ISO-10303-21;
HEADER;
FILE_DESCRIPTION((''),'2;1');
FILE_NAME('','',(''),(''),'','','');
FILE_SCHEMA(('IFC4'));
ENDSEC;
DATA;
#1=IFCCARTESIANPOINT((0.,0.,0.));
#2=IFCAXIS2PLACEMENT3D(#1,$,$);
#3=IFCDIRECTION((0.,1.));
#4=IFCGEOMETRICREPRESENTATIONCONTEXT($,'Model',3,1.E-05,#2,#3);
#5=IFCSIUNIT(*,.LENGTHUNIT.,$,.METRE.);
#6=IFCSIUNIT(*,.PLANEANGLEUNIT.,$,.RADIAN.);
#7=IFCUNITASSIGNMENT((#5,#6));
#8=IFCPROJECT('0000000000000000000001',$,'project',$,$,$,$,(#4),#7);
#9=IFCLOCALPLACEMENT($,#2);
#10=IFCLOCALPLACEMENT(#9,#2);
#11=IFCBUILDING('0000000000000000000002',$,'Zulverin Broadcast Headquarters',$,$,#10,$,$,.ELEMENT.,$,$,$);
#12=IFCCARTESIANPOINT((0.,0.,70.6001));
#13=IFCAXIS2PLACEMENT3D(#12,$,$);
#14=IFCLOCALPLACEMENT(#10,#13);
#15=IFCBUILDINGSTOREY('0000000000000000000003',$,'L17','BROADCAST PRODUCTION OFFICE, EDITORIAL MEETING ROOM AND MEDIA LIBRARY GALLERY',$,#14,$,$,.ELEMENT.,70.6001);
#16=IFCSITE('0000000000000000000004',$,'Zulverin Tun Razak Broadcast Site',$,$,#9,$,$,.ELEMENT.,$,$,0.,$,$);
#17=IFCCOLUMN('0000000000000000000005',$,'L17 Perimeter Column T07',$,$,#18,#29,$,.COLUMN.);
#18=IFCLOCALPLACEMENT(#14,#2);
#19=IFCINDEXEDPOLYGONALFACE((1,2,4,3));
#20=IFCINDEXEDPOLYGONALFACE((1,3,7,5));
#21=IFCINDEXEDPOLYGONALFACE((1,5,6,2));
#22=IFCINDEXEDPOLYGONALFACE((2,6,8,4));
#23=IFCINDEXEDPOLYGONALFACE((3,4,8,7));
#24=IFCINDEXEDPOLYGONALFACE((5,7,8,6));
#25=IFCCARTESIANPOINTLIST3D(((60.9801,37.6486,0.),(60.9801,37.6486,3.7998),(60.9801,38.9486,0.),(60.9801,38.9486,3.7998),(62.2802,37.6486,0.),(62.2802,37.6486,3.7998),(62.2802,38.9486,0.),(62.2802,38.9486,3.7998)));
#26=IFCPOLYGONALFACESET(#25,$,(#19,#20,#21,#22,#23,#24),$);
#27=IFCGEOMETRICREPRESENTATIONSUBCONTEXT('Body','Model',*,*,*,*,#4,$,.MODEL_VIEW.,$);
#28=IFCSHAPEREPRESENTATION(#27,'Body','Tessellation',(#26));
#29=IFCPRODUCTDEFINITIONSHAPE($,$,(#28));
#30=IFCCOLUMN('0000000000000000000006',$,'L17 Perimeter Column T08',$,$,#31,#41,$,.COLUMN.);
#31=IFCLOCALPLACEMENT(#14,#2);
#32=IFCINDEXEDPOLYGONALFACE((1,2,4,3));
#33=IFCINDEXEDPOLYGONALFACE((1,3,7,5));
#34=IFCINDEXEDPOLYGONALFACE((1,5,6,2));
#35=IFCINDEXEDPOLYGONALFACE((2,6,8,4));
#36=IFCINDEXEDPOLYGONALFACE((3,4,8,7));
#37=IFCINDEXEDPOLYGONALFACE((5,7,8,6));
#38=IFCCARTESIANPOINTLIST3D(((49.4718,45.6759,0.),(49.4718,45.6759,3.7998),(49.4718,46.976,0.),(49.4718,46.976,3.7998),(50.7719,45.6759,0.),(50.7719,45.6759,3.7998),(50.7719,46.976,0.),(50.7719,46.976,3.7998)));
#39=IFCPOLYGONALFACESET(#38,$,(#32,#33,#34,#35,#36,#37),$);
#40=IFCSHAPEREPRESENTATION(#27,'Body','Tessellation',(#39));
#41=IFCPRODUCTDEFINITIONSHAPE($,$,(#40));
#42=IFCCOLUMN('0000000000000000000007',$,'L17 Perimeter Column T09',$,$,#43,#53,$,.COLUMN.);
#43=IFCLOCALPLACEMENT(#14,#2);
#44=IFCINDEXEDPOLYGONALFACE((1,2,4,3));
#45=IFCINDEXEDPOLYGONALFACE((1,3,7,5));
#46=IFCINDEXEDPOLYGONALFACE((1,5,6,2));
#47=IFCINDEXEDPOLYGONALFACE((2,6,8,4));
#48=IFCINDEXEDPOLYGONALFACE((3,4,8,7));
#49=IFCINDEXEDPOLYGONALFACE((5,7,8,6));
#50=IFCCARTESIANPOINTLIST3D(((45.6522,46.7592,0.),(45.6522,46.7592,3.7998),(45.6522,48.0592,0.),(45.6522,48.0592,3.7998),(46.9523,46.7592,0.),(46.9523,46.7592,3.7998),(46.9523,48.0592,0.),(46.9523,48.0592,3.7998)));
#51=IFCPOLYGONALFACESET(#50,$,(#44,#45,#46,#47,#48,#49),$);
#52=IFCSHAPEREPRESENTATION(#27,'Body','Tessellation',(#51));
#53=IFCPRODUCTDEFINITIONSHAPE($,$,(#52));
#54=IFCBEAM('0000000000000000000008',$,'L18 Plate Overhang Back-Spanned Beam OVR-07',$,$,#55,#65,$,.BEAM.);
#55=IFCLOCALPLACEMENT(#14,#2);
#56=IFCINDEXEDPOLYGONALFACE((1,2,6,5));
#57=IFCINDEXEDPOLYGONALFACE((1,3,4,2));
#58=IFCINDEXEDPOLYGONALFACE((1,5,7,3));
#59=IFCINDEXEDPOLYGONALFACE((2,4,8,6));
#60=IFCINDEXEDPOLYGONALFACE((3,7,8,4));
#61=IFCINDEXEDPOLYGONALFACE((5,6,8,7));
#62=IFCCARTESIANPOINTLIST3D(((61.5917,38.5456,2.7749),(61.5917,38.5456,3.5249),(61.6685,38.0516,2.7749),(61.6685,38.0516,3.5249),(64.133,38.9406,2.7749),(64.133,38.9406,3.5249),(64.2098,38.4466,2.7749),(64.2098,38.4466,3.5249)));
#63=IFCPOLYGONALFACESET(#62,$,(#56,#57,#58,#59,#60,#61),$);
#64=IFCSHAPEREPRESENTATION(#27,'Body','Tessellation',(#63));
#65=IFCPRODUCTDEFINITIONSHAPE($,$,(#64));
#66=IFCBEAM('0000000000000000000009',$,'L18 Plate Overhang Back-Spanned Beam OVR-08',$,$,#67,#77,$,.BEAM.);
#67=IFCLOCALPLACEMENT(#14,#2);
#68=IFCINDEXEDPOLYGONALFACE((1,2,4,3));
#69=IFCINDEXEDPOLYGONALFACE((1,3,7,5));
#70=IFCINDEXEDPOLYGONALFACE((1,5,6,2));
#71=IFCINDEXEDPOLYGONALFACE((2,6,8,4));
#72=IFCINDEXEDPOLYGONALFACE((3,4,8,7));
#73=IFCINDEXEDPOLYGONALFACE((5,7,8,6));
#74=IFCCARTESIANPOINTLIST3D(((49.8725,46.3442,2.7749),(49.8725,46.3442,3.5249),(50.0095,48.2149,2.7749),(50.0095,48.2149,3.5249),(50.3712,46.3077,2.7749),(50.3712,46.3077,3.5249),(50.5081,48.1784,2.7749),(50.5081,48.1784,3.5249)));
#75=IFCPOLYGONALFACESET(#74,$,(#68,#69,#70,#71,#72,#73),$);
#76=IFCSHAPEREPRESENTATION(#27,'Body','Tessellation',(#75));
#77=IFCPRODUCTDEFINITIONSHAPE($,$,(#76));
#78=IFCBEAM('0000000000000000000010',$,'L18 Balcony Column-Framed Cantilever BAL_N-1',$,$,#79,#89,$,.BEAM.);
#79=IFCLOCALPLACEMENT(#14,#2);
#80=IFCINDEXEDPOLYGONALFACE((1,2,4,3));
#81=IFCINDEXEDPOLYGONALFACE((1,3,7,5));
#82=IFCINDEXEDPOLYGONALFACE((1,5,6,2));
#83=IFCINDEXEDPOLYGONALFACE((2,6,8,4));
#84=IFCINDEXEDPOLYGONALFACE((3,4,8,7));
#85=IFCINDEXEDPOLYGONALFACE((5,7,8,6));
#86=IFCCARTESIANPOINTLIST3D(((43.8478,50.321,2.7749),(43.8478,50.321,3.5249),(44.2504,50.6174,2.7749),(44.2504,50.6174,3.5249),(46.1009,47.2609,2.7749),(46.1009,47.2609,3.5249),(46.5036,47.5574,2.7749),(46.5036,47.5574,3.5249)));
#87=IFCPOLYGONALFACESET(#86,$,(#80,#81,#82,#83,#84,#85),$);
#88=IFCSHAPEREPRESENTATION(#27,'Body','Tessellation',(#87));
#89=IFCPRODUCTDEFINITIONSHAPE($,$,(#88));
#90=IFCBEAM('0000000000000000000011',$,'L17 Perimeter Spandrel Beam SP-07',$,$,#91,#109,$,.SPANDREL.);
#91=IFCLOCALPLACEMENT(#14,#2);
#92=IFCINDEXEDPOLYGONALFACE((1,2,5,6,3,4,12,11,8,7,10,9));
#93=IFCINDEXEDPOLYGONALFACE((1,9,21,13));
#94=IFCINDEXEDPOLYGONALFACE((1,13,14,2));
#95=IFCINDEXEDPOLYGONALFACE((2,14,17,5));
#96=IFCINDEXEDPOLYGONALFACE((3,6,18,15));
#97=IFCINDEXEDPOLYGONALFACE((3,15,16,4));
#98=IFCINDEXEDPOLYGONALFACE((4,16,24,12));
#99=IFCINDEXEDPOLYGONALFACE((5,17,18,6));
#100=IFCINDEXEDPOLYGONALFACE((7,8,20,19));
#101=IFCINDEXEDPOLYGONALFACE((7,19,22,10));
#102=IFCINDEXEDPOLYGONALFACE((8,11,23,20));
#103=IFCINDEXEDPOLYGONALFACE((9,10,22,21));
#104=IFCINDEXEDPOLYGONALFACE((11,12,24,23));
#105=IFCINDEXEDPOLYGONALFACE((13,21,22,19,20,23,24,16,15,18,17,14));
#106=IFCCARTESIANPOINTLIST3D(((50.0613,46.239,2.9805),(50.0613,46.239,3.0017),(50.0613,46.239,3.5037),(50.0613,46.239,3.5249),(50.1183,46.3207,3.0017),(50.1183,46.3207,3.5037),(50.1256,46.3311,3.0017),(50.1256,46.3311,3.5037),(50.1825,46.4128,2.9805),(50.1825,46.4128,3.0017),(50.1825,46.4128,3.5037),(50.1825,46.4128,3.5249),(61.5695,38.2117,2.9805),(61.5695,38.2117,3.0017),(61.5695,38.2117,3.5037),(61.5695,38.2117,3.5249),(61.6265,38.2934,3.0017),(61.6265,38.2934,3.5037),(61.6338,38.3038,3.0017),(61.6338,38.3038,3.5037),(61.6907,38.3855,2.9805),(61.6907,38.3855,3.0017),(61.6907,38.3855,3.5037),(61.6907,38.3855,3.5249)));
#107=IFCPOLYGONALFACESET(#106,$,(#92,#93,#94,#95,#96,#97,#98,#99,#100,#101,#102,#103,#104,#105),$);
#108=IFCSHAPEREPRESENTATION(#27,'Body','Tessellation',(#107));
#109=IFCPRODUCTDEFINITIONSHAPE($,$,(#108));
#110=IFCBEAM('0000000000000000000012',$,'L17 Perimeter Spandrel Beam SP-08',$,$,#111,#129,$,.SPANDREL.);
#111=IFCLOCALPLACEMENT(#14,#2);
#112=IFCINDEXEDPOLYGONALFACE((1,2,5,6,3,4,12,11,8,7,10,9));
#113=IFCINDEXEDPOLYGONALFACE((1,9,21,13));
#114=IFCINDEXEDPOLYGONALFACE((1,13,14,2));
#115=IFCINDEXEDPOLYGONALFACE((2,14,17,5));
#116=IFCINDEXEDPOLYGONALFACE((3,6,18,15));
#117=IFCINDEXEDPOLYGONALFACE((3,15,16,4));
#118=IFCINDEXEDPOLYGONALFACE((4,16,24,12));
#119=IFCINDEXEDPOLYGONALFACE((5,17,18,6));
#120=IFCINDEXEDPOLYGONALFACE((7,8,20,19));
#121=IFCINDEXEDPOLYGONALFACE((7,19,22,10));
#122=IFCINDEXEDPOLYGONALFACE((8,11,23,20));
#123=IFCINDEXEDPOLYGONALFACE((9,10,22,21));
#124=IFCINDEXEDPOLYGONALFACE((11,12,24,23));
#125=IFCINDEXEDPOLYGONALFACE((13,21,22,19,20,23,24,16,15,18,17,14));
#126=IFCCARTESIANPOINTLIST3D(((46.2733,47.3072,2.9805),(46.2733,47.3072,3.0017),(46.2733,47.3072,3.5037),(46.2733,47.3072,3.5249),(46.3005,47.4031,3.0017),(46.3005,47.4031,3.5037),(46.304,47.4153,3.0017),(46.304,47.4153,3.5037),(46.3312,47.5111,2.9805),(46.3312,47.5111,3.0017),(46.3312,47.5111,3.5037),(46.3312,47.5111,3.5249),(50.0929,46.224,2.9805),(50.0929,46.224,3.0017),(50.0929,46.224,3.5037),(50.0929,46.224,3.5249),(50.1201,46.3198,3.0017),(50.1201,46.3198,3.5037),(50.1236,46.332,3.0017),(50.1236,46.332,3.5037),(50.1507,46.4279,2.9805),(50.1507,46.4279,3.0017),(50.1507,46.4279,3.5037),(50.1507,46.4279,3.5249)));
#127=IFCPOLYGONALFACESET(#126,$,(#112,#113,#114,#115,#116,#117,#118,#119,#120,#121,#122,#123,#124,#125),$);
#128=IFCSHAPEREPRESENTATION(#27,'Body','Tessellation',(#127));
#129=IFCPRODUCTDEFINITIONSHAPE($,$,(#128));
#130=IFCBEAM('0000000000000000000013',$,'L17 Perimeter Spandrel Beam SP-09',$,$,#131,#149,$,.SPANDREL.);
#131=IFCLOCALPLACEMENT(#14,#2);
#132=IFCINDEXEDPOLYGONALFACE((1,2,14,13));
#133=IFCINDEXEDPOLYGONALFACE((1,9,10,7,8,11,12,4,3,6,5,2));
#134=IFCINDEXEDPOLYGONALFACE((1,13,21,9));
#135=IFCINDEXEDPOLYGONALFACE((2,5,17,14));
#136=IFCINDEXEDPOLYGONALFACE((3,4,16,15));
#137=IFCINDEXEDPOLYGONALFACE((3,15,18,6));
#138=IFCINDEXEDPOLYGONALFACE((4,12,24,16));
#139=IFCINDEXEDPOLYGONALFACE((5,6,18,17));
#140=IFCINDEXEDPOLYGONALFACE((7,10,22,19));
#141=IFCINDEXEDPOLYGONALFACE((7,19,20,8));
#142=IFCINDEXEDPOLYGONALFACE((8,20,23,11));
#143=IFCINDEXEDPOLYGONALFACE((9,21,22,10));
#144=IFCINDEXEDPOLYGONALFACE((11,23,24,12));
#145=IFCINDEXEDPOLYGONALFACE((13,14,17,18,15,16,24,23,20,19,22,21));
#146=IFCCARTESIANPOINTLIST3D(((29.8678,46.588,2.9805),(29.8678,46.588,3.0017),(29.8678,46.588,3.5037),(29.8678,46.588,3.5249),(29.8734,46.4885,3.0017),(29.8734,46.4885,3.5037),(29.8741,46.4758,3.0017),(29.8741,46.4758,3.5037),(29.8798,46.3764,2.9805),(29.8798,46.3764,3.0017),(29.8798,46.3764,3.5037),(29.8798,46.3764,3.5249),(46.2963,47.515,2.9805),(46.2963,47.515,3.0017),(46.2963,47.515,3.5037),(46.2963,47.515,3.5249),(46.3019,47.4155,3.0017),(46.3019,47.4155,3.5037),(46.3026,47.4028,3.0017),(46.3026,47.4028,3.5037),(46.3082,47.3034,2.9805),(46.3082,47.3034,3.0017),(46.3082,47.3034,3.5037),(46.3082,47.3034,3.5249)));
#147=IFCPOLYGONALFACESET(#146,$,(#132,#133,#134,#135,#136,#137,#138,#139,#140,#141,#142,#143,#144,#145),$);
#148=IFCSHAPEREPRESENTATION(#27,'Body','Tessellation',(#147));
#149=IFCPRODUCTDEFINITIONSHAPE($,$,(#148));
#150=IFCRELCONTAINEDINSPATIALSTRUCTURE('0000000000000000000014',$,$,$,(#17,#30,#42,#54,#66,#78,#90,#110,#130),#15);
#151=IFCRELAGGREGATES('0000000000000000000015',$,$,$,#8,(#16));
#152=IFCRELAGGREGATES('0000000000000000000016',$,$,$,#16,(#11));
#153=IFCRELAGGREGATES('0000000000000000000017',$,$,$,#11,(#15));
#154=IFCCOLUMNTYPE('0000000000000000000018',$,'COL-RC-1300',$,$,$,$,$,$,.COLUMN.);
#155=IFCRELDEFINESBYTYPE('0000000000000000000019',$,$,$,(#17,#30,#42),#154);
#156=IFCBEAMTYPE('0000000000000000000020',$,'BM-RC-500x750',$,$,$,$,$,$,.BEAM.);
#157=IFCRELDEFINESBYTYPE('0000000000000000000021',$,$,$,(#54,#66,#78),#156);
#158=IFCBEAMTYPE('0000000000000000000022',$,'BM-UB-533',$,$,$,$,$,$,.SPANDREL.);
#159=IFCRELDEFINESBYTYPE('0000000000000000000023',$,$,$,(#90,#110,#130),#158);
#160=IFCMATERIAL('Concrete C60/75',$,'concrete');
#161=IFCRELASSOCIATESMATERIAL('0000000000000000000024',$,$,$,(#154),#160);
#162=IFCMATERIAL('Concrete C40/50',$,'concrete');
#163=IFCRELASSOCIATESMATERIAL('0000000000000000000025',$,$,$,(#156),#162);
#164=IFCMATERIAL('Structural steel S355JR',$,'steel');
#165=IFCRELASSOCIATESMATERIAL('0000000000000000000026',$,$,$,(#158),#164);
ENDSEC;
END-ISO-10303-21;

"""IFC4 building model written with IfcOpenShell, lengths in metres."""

from ifc_helpers import new_model, si_unit, direction, frame, origin, origin_2d, place, context, subcontext, project, spatial, rectangle, i_section, extrude, material, material_profile, profile_set, type_object, element, save


model = new_model("IFC4")

# Units and contexts
model_context = context("Model", 3, precision=1e-05, world=origin(), true_north=direction((0.0, 1.0)))
body_context = subcontext(model_context, "Body", "Model", "MODEL_VIEW")
ifc_project = project(units=[si_unit("LENGTHUNIT", "METRE"), si_unit("PLANEANGLEUNIT", "RADIAN")], contexts=[model_context])

# Site, building, storey
site_placement = place(None, origin())
site = spatial("IfcSite", under=ifc_project, at=site_placement, Name="Zulverin Tun Razak Broadcast Site", CompositionType="ELEMENT", RefElevation=0.0)
building_placement = place(site_placement, origin())
building = spatial("IfcBuilding", under=site, at=building_placement, Name="Zulverin Broadcast Headquarters", CompositionType="ELEMENT")
storey_placement = place(building_placement, frame((0.0, 0.0, 70.6001)))
storey = spatial("IfcBuildingStorey", under=building, at=storey_placement, Name="L17", Description="BROADCAST PRODUCTION OFFICE, EDITORIAL MEETING ROOM AND MEDIA LIBRARY GALLERY", CompositionType="ELEMENT", Elevation=70.6001)

# Columns
ifc_material_1 = material(Name="Concrete C60/75", Category="concrete")
ifc_material_profile_1 = material_profile(ifc_material_1, rectangle(XDim=1.3, YDim=1.3, at=origin_2d()), Name="Concrete C60/75", Category="concrete")
ifc_profile_set_1 = profile_set([ifc_material_profile_1], Name="Concrete C60/75")
column_type = type_object("IfcColumnType", Name="COL-RC-1300", PredefinedType="COLUMN", material=ifc_profile_set_1)
for number, where, z_axis, x_axis, name in (
    (1, (61.6301, 38.2986, 0.0), (0.0, 0.0, 1.0), (1.0, 0.0, 0.0), "L17 Perimeter Column T07"),
    (2, (50.1218, 46.3259, 0.0), (0.0, 0.0, 1.0), (1.0, 0.0, 0.0), "L17 Perimeter Column T08"),
    (3, (46.3022, 47.4092, 0.0), (0.0, 0.0, 1.0), (1.0, 0.0, 0.0), "L17 Perimeter Column T09"),
):
    element("IfcColumn", number, at=place(storey_placement, frame(where, z_axis=z_axis, x_axis=x_axis)), inside=storey, type_object=column_type, Name=name, PredefinedType="COLUMN", context=body_context, shape_type="SweptSolid", body=[
        extrude(rectangle(XDim=1.3, YDim=1.3, at=origin_2d()), origin(), (0.0, 0.0, 1.0), 3.7998),
    ])

# Beams
ifc_material_2 = material(Name="Concrete C40/50", Category="concrete")
ifc_material_profile_2 = material_profile(ifc_material_2, rectangle(XDim=0.5, YDim=0.75, at=origin_2d()), Name="Concrete C40/50", Category="concrete")
ifc_profile_set_2 = profile_set([ifc_material_profile_2], Name="Concrete C40/50")
beam_type_1 = type_object("IfcBeamType", Name="BM-RC-500x750", PredefinedType="BEAM", material=ifc_profile_set_2)
beam_1_placement = place(storey_placement, frame((61.6301, 38.2986, 3.1499), z_axis=(0.988133, 0.153598, 0.0), x_axis=(-0.153598, 0.988133, 0.0)))
element("IfcBeam", 4, at=beam_1_placement, inside=storey, type_object=beam_type_1, Name="L18 Plate Overhang Back-Spanned Beam OVR-07", PredefinedType="BEAM", context=body_context, shape_type="SweptSolid", body=[
    extrude(rectangle(XDim=0.5, YDim=0.75, at=origin_2d()), origin(), (0.0, 0.0, 1.0), 2.5718),
])
beam_2_placement = place(storey_placement, frame((50.1218, 46.3259, 3.1499), z_axis=(0.073023, 0.99733, 0.0), x_axis=(-0.99733, 0.073023, 0.0)))
element("IfcBeam", 5, at=beam_2_placement, inside=storey, type_object=beam_type_1, Name="L18 Plate Overhang Back-Spanned Beam OVR-08", PredefinedType="BEAM", context=body_context, shape_type="SweptSolid", body=[
    extrude(rectangle(XDim=0.5, YDim=0.75, at=origin_2d()), origin(), (0.0, 0.0, 1.0), 1.8757),
])
beam_3_placement = place(storey_placement, frame((46.3022, 47.4092, 3.1499), z_axis=(-0.592925, 0.805258, 0.0), x_axis=(-0.805258, -0.592925, 0.0)))
element("IfcBeam", 6, at=beam_3_placement, inside=storey, type_object=beam_type_1, Name="L18 Balcony Column-Framed Cantilever BAL_N-1", PredefinedType="BEAM", context=body_context, shape_type="SweptSolid", body=[
    extrude(rectangle(XDim=0.5, YDim=0.75, at=origin_2d()), origin(), (0.0, 0.0, 1.0), 3.8),
])
ifc_material_3 = material(Name="Structural steel S355JR", Category="steel")
ifc_material_profile_3 = material_profile(ifc_material_3, i_section(OverallWidth=0.2119, OverallDepth=0.5444, WebThickness=0.0127, FlangeThickness=0.0212, at=origin_2d()), Name="Structural steel S355JR", Category="steel")
ifc_profile_set_3 = profile_set([ifc_material_profile_3], Name="Structural steel S355JR")
beam_type_2 = type_object("IfcBeamType", Name="BM-UB-533", PredefinedType="SPANDREL", material=ifc_profile_set_3)
beam_4_placement = place(storey_placement, frame((61.6301, 38.2986, 3.2527), z_axis=(-0.820184, 0.5721, 0.0), x_axis=(-0.5721, -0.820184, 0.0)))
element("IfcBeam", 7, at=beam_4_placement, inside=storey, type_object=beam_type_2, Name="L17 Perimeter Spandrel Beam SP-07", PredefinedType="SPANDREL", context=body_context, shape_type="SweptSolid", body=[
    extrude(i_section(OverallWidth=0.2119, OverallDepth=0.5444, WebThickness=0.0127, FlangeThickness=0.0212, at=origin_2d()), origin(), (0.0, 0.0, 1.0), 14.0312),
])
beam_5_placement = place(storey_placement, frame((50.1218, 46.3259, 3.2527), z_axis=(-0.962058, 0.272844, 0.0), x_axis=(-0.272844, -0.962058, 0.0)))
element("IfcBeam", 8, at=beam_5_placement, inside=storey, type_object=beam_type_2, Name="L17 Perimeter Spandrel Beam SP-08", PredefinedType="SPANDREL", context=body_context, shape_type="SweptSolid", body=[
    extrude(i_section(OverallWidth=0.2119, OverallDepth=0.5444, WebThickness=0.0127, FlangeThickness=0.0212, at=origin_2d()), origin(), (0.0, 0.0, 1.0), 3.9702),
])
beam_6_placement = place(storey_placement, frame((46.3022, 47.4092, 3.2527), z_axis=(-0.998412, -0.056337, 0.0), x_axis=(0.056337, -0.998412, 0.0)))
element("IfcBeam", 9, at=beam_6_placement, inside=storey, type_object=beam_type_2, Name="L17 Perimeter Spandrel Beam SP-09", PredefinedType="SPANDREL", context=body_context, shape_type="SweptSolid", body=[
    extrude(i_section(OverallWidth=0.2119, OverallDepth=0.5444, WebThickness=0.0127, FlangeThickness=0.0212, at=origin_2d()), origin(), (0.0, 0.0, 1.0), 16.4546),
])

save(model, "model.ifc")
